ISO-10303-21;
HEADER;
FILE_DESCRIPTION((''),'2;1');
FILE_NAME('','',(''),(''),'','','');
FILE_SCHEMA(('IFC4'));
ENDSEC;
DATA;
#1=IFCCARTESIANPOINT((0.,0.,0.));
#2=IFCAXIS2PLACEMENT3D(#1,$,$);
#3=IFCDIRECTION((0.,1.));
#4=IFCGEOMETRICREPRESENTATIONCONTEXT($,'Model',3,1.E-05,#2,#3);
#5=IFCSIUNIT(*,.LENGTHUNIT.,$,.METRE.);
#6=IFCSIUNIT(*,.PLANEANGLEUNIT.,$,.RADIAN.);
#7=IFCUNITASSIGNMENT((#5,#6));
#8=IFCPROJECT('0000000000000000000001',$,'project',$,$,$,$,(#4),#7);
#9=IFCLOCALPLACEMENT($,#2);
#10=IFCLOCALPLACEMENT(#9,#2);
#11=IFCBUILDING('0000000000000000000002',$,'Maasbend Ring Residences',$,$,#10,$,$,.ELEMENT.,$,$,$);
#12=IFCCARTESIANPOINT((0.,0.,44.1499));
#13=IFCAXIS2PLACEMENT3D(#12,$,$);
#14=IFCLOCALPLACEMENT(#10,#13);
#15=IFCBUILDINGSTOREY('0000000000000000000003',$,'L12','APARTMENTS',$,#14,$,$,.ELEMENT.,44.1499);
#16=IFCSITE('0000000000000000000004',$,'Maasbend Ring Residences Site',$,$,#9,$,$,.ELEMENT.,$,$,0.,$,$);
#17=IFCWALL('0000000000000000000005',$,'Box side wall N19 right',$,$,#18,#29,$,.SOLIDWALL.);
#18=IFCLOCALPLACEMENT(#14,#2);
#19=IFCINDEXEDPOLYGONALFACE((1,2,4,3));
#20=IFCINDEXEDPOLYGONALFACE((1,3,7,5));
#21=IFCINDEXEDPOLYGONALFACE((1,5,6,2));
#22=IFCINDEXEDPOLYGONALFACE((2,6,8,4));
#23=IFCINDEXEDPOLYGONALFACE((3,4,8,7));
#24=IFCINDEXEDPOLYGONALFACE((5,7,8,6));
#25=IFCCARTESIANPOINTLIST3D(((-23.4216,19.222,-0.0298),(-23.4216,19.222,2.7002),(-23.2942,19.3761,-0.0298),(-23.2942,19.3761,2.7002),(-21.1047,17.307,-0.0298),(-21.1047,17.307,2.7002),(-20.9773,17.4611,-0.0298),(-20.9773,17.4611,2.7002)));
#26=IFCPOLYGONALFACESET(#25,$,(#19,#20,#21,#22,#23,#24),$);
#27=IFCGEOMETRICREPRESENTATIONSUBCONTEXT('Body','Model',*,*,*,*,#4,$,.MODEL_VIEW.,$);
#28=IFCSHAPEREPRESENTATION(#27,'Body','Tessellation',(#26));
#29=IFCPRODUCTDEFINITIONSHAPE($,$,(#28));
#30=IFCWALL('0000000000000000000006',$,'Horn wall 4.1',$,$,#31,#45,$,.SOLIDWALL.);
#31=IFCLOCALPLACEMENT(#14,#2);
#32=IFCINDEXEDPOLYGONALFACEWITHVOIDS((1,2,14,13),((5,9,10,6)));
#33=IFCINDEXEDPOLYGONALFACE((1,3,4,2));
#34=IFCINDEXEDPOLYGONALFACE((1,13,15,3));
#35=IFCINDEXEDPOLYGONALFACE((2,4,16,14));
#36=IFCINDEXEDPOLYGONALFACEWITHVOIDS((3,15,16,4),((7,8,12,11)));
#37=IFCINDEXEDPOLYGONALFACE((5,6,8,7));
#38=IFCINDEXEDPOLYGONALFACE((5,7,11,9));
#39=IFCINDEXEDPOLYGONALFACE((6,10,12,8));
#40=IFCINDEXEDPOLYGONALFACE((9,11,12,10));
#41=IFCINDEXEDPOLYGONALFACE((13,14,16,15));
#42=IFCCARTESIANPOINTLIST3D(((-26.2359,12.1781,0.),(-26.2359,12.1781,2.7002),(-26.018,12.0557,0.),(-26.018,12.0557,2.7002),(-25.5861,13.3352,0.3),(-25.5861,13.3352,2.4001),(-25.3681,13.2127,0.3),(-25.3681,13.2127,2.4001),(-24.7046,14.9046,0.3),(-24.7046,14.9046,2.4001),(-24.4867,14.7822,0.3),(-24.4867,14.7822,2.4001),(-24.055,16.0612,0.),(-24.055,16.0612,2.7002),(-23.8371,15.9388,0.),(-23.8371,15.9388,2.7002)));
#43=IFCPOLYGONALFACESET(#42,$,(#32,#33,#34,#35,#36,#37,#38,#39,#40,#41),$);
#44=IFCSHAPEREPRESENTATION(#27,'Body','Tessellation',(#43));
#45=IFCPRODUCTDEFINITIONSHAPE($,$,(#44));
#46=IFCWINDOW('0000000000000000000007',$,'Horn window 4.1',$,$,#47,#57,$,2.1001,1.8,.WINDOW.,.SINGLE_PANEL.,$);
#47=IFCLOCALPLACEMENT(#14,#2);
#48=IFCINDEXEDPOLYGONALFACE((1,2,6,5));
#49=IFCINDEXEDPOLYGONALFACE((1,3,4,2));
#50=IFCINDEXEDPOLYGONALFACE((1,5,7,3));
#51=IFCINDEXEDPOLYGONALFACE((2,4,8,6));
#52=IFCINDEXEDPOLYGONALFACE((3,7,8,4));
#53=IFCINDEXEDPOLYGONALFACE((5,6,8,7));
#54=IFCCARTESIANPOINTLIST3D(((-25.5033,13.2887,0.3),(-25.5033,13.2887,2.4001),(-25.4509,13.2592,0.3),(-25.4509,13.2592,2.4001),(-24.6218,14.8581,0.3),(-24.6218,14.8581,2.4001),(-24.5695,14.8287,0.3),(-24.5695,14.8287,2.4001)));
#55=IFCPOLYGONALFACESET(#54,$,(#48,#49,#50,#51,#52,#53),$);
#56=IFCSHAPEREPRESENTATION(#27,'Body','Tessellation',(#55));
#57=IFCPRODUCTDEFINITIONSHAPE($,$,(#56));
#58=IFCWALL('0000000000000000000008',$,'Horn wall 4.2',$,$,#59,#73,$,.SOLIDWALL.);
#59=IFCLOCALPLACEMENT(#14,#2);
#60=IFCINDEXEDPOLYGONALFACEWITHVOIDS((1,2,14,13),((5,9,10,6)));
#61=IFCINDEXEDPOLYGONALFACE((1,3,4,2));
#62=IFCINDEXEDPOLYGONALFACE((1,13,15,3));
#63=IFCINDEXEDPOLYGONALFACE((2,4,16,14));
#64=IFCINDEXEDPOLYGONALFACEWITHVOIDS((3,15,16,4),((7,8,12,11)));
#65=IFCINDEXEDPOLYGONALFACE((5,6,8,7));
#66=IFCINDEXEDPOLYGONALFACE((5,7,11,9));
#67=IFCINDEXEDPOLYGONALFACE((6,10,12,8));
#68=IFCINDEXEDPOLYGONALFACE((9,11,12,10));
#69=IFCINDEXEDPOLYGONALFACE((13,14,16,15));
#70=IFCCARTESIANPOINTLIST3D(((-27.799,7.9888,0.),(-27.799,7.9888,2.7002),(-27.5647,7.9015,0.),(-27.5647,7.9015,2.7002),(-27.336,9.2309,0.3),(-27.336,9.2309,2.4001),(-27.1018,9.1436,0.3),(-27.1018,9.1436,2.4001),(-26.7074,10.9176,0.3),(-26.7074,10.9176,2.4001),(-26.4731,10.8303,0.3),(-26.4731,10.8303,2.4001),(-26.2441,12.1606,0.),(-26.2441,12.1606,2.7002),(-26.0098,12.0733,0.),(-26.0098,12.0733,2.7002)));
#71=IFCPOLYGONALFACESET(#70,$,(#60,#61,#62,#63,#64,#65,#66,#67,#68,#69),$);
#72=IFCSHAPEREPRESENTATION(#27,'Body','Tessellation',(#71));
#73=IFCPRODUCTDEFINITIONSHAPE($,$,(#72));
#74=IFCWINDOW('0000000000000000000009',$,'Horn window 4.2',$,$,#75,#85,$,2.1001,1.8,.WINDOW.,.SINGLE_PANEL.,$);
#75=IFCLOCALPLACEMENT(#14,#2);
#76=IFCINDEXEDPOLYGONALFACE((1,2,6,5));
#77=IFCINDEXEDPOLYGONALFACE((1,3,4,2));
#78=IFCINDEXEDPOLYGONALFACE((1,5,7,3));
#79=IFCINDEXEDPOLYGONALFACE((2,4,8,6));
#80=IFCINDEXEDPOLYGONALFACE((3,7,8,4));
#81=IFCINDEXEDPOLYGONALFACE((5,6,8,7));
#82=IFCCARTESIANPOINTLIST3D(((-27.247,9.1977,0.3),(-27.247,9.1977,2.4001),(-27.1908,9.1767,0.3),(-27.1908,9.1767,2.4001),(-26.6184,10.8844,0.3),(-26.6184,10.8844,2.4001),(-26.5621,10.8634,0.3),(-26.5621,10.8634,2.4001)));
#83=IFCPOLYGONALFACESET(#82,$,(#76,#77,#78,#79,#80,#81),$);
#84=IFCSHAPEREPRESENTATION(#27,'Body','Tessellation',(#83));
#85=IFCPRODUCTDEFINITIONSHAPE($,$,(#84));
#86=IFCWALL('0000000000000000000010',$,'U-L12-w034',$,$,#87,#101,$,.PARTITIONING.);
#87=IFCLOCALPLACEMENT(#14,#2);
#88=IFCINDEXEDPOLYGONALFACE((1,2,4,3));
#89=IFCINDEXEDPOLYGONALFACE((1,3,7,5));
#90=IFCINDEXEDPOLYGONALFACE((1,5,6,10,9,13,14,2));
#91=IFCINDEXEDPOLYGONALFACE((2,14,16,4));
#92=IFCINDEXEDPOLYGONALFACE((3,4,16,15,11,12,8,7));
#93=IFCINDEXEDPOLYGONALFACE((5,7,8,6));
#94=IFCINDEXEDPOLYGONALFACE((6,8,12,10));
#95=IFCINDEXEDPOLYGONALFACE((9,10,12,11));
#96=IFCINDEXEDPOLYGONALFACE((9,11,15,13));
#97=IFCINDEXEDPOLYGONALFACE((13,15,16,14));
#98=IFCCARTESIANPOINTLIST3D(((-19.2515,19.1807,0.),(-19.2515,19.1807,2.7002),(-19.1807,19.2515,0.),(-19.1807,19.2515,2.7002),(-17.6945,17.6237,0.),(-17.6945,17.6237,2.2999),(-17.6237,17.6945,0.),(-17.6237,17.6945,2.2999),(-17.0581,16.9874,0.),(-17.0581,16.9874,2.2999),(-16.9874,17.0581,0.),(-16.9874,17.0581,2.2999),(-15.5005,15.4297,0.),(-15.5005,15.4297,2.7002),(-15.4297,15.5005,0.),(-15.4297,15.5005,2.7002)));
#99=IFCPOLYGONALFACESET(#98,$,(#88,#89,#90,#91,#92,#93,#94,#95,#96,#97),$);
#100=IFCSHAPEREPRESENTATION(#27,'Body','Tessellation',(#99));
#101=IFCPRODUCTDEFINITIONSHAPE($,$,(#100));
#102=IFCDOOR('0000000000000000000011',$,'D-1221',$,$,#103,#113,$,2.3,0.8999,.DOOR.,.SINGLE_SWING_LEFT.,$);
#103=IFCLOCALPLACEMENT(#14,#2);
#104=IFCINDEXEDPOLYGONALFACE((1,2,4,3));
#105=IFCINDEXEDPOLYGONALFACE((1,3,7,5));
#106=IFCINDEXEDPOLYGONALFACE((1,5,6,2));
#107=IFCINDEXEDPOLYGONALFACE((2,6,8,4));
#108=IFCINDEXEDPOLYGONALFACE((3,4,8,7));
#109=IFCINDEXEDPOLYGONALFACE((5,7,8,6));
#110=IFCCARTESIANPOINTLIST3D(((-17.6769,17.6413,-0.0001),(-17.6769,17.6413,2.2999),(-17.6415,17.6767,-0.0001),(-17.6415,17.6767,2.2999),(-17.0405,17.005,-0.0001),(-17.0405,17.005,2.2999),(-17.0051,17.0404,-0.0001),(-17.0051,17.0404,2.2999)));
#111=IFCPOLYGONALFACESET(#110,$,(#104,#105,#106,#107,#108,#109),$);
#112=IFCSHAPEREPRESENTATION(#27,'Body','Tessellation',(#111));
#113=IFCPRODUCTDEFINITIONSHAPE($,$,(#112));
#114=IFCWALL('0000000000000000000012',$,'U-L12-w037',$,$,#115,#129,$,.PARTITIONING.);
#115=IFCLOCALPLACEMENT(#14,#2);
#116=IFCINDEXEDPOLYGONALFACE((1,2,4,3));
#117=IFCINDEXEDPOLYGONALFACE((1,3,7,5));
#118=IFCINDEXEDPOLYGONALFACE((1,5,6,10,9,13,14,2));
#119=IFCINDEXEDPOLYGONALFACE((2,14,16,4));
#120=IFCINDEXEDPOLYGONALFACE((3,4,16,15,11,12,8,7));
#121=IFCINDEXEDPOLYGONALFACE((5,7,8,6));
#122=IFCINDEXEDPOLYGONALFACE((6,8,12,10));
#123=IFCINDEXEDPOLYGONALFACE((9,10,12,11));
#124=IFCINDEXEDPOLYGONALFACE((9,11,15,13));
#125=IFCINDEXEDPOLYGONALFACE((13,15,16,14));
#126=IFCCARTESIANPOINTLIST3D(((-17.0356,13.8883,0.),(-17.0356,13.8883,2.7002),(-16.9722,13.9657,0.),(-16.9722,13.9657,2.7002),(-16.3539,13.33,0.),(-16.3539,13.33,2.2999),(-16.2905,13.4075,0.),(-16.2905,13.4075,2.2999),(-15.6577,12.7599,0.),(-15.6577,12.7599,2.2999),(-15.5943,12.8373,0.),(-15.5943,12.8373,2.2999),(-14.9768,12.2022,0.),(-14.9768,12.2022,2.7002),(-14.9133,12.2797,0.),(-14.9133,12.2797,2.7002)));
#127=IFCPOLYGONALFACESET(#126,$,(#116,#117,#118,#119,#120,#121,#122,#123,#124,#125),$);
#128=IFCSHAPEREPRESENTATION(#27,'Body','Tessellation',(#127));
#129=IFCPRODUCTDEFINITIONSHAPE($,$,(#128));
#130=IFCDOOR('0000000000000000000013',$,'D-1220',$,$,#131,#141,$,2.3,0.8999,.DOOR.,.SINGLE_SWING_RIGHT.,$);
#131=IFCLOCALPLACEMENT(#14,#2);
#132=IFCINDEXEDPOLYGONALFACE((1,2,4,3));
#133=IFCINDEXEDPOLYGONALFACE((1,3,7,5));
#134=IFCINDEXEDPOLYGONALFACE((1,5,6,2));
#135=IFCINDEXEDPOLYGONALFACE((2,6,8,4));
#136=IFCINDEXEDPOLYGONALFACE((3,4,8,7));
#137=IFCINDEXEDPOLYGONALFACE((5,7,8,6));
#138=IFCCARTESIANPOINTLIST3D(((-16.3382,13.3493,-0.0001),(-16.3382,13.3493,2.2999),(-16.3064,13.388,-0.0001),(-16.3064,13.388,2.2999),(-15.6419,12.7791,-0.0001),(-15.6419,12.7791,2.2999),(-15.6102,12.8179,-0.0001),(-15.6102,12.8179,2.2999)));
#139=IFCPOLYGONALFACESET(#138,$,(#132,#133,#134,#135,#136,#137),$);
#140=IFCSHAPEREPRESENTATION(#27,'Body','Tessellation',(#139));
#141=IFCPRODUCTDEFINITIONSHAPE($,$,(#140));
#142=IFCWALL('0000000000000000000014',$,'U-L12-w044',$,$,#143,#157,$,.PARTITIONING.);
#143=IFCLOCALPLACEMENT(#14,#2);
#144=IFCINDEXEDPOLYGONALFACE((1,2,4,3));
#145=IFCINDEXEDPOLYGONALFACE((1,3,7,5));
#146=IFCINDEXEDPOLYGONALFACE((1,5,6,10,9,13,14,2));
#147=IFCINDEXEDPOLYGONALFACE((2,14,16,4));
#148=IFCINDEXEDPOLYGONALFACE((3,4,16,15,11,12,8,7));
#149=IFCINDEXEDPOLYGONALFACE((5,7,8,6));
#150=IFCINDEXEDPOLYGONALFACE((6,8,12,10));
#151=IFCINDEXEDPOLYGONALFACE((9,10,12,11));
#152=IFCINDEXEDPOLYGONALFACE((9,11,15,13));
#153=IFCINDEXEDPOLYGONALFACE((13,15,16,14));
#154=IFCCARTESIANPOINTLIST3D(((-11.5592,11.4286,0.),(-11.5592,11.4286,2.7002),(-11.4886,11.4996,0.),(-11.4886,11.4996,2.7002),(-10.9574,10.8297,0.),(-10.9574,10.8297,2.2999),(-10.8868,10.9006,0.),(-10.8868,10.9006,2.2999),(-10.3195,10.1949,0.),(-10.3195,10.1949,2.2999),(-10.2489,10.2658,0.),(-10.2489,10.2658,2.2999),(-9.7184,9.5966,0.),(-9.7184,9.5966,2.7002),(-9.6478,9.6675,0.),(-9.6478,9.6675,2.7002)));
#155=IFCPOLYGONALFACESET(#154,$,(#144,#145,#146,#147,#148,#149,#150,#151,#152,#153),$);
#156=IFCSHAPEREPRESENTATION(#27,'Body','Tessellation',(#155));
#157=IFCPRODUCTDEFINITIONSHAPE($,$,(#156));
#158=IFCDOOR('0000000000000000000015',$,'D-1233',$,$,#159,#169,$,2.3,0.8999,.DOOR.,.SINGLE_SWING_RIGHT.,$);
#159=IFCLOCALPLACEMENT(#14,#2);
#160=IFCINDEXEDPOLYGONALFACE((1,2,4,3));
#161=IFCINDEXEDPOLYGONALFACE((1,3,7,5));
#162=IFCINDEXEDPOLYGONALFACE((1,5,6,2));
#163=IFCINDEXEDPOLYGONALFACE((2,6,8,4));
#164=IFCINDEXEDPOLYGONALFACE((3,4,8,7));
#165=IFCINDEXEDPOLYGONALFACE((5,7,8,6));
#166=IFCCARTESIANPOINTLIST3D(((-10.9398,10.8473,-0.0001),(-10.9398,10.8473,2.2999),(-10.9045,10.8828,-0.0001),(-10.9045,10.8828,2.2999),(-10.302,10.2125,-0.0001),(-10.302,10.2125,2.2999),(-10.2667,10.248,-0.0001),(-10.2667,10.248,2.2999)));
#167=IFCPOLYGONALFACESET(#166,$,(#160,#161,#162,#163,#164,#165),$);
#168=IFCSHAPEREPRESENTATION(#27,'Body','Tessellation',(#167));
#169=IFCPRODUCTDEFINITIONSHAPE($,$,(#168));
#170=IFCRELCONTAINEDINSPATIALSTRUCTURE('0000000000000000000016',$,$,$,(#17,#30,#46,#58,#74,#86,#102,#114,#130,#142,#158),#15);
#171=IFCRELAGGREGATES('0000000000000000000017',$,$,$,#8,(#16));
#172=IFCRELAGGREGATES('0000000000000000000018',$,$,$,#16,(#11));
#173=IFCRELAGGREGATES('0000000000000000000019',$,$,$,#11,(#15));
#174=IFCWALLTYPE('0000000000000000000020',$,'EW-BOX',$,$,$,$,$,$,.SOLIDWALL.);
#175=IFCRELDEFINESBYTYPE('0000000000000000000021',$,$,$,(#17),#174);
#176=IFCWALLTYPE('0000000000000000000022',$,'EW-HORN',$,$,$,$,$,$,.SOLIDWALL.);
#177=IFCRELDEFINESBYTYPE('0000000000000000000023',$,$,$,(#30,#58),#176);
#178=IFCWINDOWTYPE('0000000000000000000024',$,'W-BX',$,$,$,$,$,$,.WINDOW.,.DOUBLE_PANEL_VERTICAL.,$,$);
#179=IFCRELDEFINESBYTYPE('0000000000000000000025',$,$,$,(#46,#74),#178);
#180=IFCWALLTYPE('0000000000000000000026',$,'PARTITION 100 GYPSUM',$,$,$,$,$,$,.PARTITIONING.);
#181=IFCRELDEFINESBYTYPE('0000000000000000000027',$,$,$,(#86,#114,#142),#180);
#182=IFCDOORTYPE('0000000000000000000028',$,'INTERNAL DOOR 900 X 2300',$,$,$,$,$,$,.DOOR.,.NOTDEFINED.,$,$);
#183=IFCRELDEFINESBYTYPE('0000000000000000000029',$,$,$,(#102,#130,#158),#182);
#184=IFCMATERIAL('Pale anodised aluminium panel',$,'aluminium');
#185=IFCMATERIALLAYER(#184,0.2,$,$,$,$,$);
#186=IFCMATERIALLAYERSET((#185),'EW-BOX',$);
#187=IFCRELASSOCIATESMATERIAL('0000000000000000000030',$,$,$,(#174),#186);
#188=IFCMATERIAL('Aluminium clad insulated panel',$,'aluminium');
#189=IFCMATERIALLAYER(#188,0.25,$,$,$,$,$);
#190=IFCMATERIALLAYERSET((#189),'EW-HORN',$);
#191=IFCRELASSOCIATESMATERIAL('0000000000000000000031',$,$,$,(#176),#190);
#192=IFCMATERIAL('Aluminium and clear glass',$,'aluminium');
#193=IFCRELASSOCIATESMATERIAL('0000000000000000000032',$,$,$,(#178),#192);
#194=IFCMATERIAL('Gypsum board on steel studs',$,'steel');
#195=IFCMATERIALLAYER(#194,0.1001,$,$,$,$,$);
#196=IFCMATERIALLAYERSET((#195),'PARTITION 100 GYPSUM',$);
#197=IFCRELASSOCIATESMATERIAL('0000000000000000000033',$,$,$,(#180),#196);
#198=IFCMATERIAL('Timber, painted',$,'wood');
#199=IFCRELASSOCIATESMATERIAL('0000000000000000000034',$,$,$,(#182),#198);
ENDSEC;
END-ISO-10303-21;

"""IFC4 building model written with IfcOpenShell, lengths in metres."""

from ifc_helpers import new_model, si_unit, direction, frame, frame_2d, origin, place, context, subcontext, project, spatial, rectangle, extrude, material, layer, layer_set, type_object, element, fill, save


model = new_model("IFC4")

# Units and contexts
model_context = context("Model", 3, precision=1e-05, world=origin(), true_north=direction((0.0, 1.0)))
body_context = subcontext(model_context, "Body", "Model", "MODEL_VIEW")
ifc_project = project(units=[si_unit("LENGTHUNIT", "METRE"), si_unit("PLANEANGLEUNIT", "RADIAN")], contexts=[model_context])

# Site, building, storey
site_placement = place(None, origin())
site = spatial("IfcSite", under=ifc_project, at=site_placement, Name="Maasbend Ring Residences Site", CompositionType="ELEMENT", RefElevation=0.0)
building_placement = place(site_placement, origin())
building = spatial("IfcBuilding", under=site, at=building_placement, Name="Maasbend Ring Residences", CompositionType="ELEMENT")
storey_placement = place(building_placement, frame((0.0, 0.0, 44.1499)))
storey = spatial("IfcBuildingStorey", under=building, at=storey_placement, Name="L12", Description="APARTMENTS", CompositionType="ELEMENT", Elevation=44.1499)

# Wall
ifc_material_1 = material(Name="Pale anodised aluminium panel", Category="aluminium")
ifc_layer_1 = layer(ifc_material_1, 0.2)
ifc_layer_set_1 = layer_set([ifc_layer_1], Name="EW-BOX")
wall_type_1 = type_object("IfcWallType", Name="EW-BOX", PredefinedType="SOLIDWALL", material=ifc_layer_set_1)
wall_1_placement = place(storey_placement, frame((-21.041, 17.384, -0.0298), z_axis=(0.0, 0.0, 1.0), x_axis=(-0.770785, 0.637096, 0.0)))
element("IfcWall", 1, at=wall_1_placement, inside=storey, type_object=wall_type_1, Name="Box side wall N19 right", PredefinedType="SOLIDWALL", context=body_context, shape_type="SweptSolid", body=[
    extrude(rectangle(XDim=3.0059, YDim=0.2, at=frame_2d((1.5029, 0.0))), origin(), (0.0, 0.0, 1.0), 2.73),
])

# Walls, openings, windows
ifc_material_2 = material(Name="Aluminium clad insulated panel", Category="aluminium")
ifc_layer_2 = layer(ifc_material_2, 0.25)
ifc_layer_set_2 = layer_set([ifc_layer_2], Name="EW-HORN")
wall_type_2 = type_object("IfcWallType", Name="EW-HORN", PredefinedType="SOLIDWALL", material=ifc_layer_set_2)
wall_2_placement = place(storey_placement, frame((-23.946, 16.0, 0.0), z_axis=(0.0, 0.0, 1.0), x_axis=(-0.489696, -0.871893, 0.0)))
wall_2 = element("IfcWall", 2, at=wall_2_placement, inside=storey, type_object=wall_type_2, Name="Horn wall 4.1", PredefinedType="SOLIDWALL", context=body_context, shape_type="SweptSolid", body=[
    extrude(rectangle(XDim=4.4536, YDim=0.25, at=frame_2d((2.2268, 0.0))), origin(), (0.0, 0.0, 1.0), 2.7002),
])
opening_1_placement = place(wall_2_placement, frame((1.3267, 0.0, 0.3)))
opening_1 = element("IfcOpeningElement", 3, at=opening_1_placement, cuts=wall_2, PredefinedType="OPENING", context=body_context, shape_type="SweptSolid", body=[
    extrude(rectangle(XDim=1.8, YDim=2.1001, at=frame_2d((0.8999, 1.05))), frame((0.0, 0.135, 0.0), z_axis=(0.0, -1.0, 0.0), x_axis=(1.0, 0.0, 0.0)), (0.0, 0.0, 1.0), 0.27),
])
ifc_material_3 = material(Name="Aluminium and clear glass", Category="aluminium")
window_type = type_object("IfcWindowType", Name="W-BX", PartitioningType="DOUBLE_PANEL_VERTICAL", PredefinedType="WINDOW", material=ifc_material_3)
window_1_placement = place(opening_1_placement, origin())
window_1 = element("IfcWindow", 4, at=window_1_placement, inside=storey, type_object=window_type, Name="Horn window 4.1", OverallHeight=2.1001, OverallWidth=1.8, PartitioningType="SINGLE_PANEL", PredefinedType="WINDOW", context=body_context, shape_type="SweptSolid", body=[
    extrude(rectangle(XDim=1.8, YDim=2.1001, at=frame_2d((0.8999, 1.05))), frame((0.0, 0.03, 0.0), z_axis=(0.0, -1.0, 0.0), x_axis=(1.0, 0.0, 0.0)), (0.0, 0.0, 1.0), 0.0601),
])
fill(opening_1, window_1)
wall_3_placement = place(storey_placement, frame((-26.127, 12.1169, 0.0), z_axis=(0.0, 0.0, 1.0), x_axis=(-0.349248, -0.93703, 0.0)))
wall_3 = element("IfcWall", 5, at=wall_3_placement, inside=storey, type_object=wall_type_2, Name="Horn wall 4.2", PredefinedType="SOLIDWALL", context=body_context, shape_type="SweptSolid", body=[
    extrude(rectangle(XDim=4.4521, YDim=0.25, at=frame_2d((2.2261, 0.0))), origin(), (0.0, 0.0, 1.0), 2.7002),
])
opening_2_placement = place(wall_3_placement, frame((1.3267, 0.0, 0.3)))
opening_2 = element("IfcOpeningElement", 6, at=opening_2_placement, cuts=wall_3, PredefinedType="OPENING", context=body_context, shape_type="SweptSolid", body=[
    extrude(rectangle(XDim=1.8, YDim=2.1001, at=frame_2d((0.8999, 1.05))), frame((0.0, 0.135, 0.0), z_axis=(0.0, -1.0, 0.0), x_axis=(1.0, 0.0, 0.0)), (0.0, 0.0, 1.0), 0.27),
])
window_2_placement = place(opening_2_placement, origin())
window_2 = element("IfcWindow", 7, at=window_2_placement, inside=storey, type_object=window_type, Name="Horn window 4.2", OverallHeight=2.1001, OverallWidth=1.8, PartitioningType="SINGLE_PANEL", PredefinedType="WINDOW", context=body_context, shape_type="SweptSolid", body=[
    extrude(rectangle(XDim=1.8, YDim=2.1001, at=frame_2d((0.8999, 1.05))), frame((0.0, 0.03, 0.0), z_axis=(0.0, -1.0, 0.0), x_axis=(1.0, 0.0, 0.0)), (0.0, 0.0, 1.0), 0.0601),
])
fill(opening_2, window_2)

# Walls, openings, doors
ifc_material_4 = material(Name="Gypsum board on steel studs", Category="steel")
ifc_layer_3 = layer(ifc_material_4, 0.1001)
ifc_layer_set_3 = layer_set([ifc_layer_3], Name="PARTITION 100 GYPSUM")
wall_type_3 = type_object("IfcWallType", Name="PARTITION 100 GYPSUM", PredefinedType="PARTITIONING", material=ifc_layer_set_3)
wall_4_placement = place(storey_placement, frame((-19.2161, 19.2161, 0.0), z_axis=(0.0, 0.0, 1.0), x_axis=(0.707107, -0.707107, 0.0)))
wall_4 = element("IfcWall", 8, at=wall_4_placement, inside=storey, type_object=wall_type_3, Name="U-L12-w034", PredefinedType="PARTITIONING", context=body_context, shape_type="SweptSolid", body=[
    extrude(rectangle(XDim=5.3047, YDim=0.1001, at=frame_2d((2.6523, 0.0))), origin(), (0.0, 0.0, 1.0), 2.7002),
])
opening_3_placement = place(wall_4_placement, frame((2.2019, 0.0, 0.0)))
opening_3 = element("IfcOpeningElement", 9, at=opening_3_placement, cuts=wall_4, PredefinedType="OPENING", context=body_context, shape_type="SweptSolid", body=[
    extrude(rectangle(XDim=0.8999, YDim=2.3, at=frame_2d((0.45, 1.1499))), frame((0.0, 0.0601, 0.0), z_axis=(0.0, -1.0, 0.0), x_axis=(1.0, 0.0, 0.0)), (0.0, 0.0, 1.0), 0.1201),
])
ifc_material_5 = material(Name="Timber, painted", Category="wood")
door_type = type_object("IfcDoorType", Name="INTERNAL DOOR 900 X 2300", OperationType="NOTDEFINED", PredefinedType="DOOR", material=ifc_material_5)
door_1_placement = place(opening_3_placement, origin())
door_1 = element("IfcDoor", 10, at=door_1_placement, inside=storey, type_object=door_type, Name="D-1221", OperationType="SINGLE_SWING_LEFT", OverallHeight=2.3, OverallWidth=0.8999, PredefinedType="DOOR", context=body_context, shape_type="SweptSolid", body=[
    extrude(rectangle(XDim=0.8999, YDim=2.3, at=frame_2d((0.45, 1.1499))), frame((0.0, 0.0249, 0.0), z_axis=(0.0, -1.0, 0.0), x_axis=(1.0, 0.0, 0.0)), (0.0, 0.0, 1.0), 0.05),
])
fill(opening_3, door_1)
wall_5_placement = place(storey_placement, frame((-17.0039, 13.927, 0.0), z_axis=(0.0, 0.0, 1.0), x_axis=(0.773675, -0.633582, 0.0)))
wall_5 = element("IfcWall", 11, at=wall_5_placement, inside=storey, type_object=wall_type_3, Name="U-L12-w037", PredefinedType="PARTITIONING", context=body_context, shape_type="SweptSolid", body=[
    extrude(rectangle(XDim=2.6611, YDim=0.1001, at=frame_2d((1.3306, 0.0))), origin(), (0.0, 0.0, 1.0), 2.7002),
])
opening_4_placement = place(wall_5_placement, frame((0.8811, 0.0, 0.0)))
opening_4 = element("IfcOpeningElement", 12, at=opening_4_placement, cuts=wall_5, PredefinedType="OPENING", context=body_context, shape_type="SweptSolid", body=[
    extrude(rectangle(XDim=0.8999, YDim=2.3, at=frame_2d((0.45, 1.1499))), frame((0.0, 0.0601, 0.0), z_axis=(0.0, -1.0, 0.0), x_axis=(1.0, 0.0, 0.0)), (0.0, 0.0, 1.0), 0.1201),
])
door_2_placement = place(opening_4_placement, origin())
door_2 = element("IfcDoor", 13, at=door_2_placement, inside=storey, type_object=door_type, Name="D-1220", OperationType="SINGLE_SWING_RIGHT", OverallHeight=2.3, OverallWidth=0.8999, PredefinedType="DOOR", context=body_context, shape_type="SweptSolid", body=[
    extrude(rectangle(XDim=0.8999, YDim=2.3, at=frame_2d((0.45, 1.1499))), frame((0.0, 0.0249, 0.0), z_axis=(0.0, -1.0, 0.0), x_axis=(1.0, 0.0, 0.0)), (0.0, 0.0, 1.0), 0.05),
])
fill(opening_4, door_2)
wall_6_placement = place(storey_placement, frame((-11.5239, 11.4641, 0.0), z_axis=(0.0, 0.0, 1.0), x_axis=(0.708797, -0.705413, 0.0)))
wall_6 = element("IfcWall", 14, at=wall_6_placement, inside=storey, type_object=wall_type_3, Name="U-L12-w044", PredefinedType="PARTITIONING", context=body_context, shape_type="SweptSolid", body=[
    extrude(rectangle(XDim=2.5972, YDim=0.1001, at=frame_2d((1.2986, 0.0))), origin(), (0.0, 0.0, 1.0), 2.7002),
])
opening_5_placement = place(wall_6_placement, frame((0.8491, 0.0, 0.0)))
opening_5 = element("IfcOpeningElement", 15, at=opening_5_placement, cuts=wall_6, PredefinedType="OPENING", context=body_context, shape_type="SweptSolid", body=[
    extrude(rectangle(XDim=0.8999, YDim=2.3, at=frame_2d((0.45, 1.1499))), frame((0.0, 0.0601, 0.0), z_axis=(0.0, -1.0, 0.0), x_axis=(1.0, 0.0, 0.0)), (0.0, 0.0, 1.0), 0.1201),
])
door_3_placement = place(opening_5_placement, origin())
door_3 = element("IfcDoor", 16, at=door_3_placement, inside=storey, type_object=door_type, Name="D-1233", OperationType="SINGLE_SWING_RIGHT", OverallHeight=2.3, OverallWidth=0.8999, PredefinedType="DOOR", context=body_context, shape_type="SweptSolid", body=[
    extrude(rectangle(XDim=0.8999, YDim=2.3, at=frame_2d((0.45, 1.1499))), frame((0.0, 0.0249, 0.0), z_axis=(0.0, -1.0, 0.0), x_axis=(1.0, 0.0, 0.0)), (0.0, 0.0, 1.0), 0.05),
])
fill(opening_5, door_3)

save(model, "model.ifc")
